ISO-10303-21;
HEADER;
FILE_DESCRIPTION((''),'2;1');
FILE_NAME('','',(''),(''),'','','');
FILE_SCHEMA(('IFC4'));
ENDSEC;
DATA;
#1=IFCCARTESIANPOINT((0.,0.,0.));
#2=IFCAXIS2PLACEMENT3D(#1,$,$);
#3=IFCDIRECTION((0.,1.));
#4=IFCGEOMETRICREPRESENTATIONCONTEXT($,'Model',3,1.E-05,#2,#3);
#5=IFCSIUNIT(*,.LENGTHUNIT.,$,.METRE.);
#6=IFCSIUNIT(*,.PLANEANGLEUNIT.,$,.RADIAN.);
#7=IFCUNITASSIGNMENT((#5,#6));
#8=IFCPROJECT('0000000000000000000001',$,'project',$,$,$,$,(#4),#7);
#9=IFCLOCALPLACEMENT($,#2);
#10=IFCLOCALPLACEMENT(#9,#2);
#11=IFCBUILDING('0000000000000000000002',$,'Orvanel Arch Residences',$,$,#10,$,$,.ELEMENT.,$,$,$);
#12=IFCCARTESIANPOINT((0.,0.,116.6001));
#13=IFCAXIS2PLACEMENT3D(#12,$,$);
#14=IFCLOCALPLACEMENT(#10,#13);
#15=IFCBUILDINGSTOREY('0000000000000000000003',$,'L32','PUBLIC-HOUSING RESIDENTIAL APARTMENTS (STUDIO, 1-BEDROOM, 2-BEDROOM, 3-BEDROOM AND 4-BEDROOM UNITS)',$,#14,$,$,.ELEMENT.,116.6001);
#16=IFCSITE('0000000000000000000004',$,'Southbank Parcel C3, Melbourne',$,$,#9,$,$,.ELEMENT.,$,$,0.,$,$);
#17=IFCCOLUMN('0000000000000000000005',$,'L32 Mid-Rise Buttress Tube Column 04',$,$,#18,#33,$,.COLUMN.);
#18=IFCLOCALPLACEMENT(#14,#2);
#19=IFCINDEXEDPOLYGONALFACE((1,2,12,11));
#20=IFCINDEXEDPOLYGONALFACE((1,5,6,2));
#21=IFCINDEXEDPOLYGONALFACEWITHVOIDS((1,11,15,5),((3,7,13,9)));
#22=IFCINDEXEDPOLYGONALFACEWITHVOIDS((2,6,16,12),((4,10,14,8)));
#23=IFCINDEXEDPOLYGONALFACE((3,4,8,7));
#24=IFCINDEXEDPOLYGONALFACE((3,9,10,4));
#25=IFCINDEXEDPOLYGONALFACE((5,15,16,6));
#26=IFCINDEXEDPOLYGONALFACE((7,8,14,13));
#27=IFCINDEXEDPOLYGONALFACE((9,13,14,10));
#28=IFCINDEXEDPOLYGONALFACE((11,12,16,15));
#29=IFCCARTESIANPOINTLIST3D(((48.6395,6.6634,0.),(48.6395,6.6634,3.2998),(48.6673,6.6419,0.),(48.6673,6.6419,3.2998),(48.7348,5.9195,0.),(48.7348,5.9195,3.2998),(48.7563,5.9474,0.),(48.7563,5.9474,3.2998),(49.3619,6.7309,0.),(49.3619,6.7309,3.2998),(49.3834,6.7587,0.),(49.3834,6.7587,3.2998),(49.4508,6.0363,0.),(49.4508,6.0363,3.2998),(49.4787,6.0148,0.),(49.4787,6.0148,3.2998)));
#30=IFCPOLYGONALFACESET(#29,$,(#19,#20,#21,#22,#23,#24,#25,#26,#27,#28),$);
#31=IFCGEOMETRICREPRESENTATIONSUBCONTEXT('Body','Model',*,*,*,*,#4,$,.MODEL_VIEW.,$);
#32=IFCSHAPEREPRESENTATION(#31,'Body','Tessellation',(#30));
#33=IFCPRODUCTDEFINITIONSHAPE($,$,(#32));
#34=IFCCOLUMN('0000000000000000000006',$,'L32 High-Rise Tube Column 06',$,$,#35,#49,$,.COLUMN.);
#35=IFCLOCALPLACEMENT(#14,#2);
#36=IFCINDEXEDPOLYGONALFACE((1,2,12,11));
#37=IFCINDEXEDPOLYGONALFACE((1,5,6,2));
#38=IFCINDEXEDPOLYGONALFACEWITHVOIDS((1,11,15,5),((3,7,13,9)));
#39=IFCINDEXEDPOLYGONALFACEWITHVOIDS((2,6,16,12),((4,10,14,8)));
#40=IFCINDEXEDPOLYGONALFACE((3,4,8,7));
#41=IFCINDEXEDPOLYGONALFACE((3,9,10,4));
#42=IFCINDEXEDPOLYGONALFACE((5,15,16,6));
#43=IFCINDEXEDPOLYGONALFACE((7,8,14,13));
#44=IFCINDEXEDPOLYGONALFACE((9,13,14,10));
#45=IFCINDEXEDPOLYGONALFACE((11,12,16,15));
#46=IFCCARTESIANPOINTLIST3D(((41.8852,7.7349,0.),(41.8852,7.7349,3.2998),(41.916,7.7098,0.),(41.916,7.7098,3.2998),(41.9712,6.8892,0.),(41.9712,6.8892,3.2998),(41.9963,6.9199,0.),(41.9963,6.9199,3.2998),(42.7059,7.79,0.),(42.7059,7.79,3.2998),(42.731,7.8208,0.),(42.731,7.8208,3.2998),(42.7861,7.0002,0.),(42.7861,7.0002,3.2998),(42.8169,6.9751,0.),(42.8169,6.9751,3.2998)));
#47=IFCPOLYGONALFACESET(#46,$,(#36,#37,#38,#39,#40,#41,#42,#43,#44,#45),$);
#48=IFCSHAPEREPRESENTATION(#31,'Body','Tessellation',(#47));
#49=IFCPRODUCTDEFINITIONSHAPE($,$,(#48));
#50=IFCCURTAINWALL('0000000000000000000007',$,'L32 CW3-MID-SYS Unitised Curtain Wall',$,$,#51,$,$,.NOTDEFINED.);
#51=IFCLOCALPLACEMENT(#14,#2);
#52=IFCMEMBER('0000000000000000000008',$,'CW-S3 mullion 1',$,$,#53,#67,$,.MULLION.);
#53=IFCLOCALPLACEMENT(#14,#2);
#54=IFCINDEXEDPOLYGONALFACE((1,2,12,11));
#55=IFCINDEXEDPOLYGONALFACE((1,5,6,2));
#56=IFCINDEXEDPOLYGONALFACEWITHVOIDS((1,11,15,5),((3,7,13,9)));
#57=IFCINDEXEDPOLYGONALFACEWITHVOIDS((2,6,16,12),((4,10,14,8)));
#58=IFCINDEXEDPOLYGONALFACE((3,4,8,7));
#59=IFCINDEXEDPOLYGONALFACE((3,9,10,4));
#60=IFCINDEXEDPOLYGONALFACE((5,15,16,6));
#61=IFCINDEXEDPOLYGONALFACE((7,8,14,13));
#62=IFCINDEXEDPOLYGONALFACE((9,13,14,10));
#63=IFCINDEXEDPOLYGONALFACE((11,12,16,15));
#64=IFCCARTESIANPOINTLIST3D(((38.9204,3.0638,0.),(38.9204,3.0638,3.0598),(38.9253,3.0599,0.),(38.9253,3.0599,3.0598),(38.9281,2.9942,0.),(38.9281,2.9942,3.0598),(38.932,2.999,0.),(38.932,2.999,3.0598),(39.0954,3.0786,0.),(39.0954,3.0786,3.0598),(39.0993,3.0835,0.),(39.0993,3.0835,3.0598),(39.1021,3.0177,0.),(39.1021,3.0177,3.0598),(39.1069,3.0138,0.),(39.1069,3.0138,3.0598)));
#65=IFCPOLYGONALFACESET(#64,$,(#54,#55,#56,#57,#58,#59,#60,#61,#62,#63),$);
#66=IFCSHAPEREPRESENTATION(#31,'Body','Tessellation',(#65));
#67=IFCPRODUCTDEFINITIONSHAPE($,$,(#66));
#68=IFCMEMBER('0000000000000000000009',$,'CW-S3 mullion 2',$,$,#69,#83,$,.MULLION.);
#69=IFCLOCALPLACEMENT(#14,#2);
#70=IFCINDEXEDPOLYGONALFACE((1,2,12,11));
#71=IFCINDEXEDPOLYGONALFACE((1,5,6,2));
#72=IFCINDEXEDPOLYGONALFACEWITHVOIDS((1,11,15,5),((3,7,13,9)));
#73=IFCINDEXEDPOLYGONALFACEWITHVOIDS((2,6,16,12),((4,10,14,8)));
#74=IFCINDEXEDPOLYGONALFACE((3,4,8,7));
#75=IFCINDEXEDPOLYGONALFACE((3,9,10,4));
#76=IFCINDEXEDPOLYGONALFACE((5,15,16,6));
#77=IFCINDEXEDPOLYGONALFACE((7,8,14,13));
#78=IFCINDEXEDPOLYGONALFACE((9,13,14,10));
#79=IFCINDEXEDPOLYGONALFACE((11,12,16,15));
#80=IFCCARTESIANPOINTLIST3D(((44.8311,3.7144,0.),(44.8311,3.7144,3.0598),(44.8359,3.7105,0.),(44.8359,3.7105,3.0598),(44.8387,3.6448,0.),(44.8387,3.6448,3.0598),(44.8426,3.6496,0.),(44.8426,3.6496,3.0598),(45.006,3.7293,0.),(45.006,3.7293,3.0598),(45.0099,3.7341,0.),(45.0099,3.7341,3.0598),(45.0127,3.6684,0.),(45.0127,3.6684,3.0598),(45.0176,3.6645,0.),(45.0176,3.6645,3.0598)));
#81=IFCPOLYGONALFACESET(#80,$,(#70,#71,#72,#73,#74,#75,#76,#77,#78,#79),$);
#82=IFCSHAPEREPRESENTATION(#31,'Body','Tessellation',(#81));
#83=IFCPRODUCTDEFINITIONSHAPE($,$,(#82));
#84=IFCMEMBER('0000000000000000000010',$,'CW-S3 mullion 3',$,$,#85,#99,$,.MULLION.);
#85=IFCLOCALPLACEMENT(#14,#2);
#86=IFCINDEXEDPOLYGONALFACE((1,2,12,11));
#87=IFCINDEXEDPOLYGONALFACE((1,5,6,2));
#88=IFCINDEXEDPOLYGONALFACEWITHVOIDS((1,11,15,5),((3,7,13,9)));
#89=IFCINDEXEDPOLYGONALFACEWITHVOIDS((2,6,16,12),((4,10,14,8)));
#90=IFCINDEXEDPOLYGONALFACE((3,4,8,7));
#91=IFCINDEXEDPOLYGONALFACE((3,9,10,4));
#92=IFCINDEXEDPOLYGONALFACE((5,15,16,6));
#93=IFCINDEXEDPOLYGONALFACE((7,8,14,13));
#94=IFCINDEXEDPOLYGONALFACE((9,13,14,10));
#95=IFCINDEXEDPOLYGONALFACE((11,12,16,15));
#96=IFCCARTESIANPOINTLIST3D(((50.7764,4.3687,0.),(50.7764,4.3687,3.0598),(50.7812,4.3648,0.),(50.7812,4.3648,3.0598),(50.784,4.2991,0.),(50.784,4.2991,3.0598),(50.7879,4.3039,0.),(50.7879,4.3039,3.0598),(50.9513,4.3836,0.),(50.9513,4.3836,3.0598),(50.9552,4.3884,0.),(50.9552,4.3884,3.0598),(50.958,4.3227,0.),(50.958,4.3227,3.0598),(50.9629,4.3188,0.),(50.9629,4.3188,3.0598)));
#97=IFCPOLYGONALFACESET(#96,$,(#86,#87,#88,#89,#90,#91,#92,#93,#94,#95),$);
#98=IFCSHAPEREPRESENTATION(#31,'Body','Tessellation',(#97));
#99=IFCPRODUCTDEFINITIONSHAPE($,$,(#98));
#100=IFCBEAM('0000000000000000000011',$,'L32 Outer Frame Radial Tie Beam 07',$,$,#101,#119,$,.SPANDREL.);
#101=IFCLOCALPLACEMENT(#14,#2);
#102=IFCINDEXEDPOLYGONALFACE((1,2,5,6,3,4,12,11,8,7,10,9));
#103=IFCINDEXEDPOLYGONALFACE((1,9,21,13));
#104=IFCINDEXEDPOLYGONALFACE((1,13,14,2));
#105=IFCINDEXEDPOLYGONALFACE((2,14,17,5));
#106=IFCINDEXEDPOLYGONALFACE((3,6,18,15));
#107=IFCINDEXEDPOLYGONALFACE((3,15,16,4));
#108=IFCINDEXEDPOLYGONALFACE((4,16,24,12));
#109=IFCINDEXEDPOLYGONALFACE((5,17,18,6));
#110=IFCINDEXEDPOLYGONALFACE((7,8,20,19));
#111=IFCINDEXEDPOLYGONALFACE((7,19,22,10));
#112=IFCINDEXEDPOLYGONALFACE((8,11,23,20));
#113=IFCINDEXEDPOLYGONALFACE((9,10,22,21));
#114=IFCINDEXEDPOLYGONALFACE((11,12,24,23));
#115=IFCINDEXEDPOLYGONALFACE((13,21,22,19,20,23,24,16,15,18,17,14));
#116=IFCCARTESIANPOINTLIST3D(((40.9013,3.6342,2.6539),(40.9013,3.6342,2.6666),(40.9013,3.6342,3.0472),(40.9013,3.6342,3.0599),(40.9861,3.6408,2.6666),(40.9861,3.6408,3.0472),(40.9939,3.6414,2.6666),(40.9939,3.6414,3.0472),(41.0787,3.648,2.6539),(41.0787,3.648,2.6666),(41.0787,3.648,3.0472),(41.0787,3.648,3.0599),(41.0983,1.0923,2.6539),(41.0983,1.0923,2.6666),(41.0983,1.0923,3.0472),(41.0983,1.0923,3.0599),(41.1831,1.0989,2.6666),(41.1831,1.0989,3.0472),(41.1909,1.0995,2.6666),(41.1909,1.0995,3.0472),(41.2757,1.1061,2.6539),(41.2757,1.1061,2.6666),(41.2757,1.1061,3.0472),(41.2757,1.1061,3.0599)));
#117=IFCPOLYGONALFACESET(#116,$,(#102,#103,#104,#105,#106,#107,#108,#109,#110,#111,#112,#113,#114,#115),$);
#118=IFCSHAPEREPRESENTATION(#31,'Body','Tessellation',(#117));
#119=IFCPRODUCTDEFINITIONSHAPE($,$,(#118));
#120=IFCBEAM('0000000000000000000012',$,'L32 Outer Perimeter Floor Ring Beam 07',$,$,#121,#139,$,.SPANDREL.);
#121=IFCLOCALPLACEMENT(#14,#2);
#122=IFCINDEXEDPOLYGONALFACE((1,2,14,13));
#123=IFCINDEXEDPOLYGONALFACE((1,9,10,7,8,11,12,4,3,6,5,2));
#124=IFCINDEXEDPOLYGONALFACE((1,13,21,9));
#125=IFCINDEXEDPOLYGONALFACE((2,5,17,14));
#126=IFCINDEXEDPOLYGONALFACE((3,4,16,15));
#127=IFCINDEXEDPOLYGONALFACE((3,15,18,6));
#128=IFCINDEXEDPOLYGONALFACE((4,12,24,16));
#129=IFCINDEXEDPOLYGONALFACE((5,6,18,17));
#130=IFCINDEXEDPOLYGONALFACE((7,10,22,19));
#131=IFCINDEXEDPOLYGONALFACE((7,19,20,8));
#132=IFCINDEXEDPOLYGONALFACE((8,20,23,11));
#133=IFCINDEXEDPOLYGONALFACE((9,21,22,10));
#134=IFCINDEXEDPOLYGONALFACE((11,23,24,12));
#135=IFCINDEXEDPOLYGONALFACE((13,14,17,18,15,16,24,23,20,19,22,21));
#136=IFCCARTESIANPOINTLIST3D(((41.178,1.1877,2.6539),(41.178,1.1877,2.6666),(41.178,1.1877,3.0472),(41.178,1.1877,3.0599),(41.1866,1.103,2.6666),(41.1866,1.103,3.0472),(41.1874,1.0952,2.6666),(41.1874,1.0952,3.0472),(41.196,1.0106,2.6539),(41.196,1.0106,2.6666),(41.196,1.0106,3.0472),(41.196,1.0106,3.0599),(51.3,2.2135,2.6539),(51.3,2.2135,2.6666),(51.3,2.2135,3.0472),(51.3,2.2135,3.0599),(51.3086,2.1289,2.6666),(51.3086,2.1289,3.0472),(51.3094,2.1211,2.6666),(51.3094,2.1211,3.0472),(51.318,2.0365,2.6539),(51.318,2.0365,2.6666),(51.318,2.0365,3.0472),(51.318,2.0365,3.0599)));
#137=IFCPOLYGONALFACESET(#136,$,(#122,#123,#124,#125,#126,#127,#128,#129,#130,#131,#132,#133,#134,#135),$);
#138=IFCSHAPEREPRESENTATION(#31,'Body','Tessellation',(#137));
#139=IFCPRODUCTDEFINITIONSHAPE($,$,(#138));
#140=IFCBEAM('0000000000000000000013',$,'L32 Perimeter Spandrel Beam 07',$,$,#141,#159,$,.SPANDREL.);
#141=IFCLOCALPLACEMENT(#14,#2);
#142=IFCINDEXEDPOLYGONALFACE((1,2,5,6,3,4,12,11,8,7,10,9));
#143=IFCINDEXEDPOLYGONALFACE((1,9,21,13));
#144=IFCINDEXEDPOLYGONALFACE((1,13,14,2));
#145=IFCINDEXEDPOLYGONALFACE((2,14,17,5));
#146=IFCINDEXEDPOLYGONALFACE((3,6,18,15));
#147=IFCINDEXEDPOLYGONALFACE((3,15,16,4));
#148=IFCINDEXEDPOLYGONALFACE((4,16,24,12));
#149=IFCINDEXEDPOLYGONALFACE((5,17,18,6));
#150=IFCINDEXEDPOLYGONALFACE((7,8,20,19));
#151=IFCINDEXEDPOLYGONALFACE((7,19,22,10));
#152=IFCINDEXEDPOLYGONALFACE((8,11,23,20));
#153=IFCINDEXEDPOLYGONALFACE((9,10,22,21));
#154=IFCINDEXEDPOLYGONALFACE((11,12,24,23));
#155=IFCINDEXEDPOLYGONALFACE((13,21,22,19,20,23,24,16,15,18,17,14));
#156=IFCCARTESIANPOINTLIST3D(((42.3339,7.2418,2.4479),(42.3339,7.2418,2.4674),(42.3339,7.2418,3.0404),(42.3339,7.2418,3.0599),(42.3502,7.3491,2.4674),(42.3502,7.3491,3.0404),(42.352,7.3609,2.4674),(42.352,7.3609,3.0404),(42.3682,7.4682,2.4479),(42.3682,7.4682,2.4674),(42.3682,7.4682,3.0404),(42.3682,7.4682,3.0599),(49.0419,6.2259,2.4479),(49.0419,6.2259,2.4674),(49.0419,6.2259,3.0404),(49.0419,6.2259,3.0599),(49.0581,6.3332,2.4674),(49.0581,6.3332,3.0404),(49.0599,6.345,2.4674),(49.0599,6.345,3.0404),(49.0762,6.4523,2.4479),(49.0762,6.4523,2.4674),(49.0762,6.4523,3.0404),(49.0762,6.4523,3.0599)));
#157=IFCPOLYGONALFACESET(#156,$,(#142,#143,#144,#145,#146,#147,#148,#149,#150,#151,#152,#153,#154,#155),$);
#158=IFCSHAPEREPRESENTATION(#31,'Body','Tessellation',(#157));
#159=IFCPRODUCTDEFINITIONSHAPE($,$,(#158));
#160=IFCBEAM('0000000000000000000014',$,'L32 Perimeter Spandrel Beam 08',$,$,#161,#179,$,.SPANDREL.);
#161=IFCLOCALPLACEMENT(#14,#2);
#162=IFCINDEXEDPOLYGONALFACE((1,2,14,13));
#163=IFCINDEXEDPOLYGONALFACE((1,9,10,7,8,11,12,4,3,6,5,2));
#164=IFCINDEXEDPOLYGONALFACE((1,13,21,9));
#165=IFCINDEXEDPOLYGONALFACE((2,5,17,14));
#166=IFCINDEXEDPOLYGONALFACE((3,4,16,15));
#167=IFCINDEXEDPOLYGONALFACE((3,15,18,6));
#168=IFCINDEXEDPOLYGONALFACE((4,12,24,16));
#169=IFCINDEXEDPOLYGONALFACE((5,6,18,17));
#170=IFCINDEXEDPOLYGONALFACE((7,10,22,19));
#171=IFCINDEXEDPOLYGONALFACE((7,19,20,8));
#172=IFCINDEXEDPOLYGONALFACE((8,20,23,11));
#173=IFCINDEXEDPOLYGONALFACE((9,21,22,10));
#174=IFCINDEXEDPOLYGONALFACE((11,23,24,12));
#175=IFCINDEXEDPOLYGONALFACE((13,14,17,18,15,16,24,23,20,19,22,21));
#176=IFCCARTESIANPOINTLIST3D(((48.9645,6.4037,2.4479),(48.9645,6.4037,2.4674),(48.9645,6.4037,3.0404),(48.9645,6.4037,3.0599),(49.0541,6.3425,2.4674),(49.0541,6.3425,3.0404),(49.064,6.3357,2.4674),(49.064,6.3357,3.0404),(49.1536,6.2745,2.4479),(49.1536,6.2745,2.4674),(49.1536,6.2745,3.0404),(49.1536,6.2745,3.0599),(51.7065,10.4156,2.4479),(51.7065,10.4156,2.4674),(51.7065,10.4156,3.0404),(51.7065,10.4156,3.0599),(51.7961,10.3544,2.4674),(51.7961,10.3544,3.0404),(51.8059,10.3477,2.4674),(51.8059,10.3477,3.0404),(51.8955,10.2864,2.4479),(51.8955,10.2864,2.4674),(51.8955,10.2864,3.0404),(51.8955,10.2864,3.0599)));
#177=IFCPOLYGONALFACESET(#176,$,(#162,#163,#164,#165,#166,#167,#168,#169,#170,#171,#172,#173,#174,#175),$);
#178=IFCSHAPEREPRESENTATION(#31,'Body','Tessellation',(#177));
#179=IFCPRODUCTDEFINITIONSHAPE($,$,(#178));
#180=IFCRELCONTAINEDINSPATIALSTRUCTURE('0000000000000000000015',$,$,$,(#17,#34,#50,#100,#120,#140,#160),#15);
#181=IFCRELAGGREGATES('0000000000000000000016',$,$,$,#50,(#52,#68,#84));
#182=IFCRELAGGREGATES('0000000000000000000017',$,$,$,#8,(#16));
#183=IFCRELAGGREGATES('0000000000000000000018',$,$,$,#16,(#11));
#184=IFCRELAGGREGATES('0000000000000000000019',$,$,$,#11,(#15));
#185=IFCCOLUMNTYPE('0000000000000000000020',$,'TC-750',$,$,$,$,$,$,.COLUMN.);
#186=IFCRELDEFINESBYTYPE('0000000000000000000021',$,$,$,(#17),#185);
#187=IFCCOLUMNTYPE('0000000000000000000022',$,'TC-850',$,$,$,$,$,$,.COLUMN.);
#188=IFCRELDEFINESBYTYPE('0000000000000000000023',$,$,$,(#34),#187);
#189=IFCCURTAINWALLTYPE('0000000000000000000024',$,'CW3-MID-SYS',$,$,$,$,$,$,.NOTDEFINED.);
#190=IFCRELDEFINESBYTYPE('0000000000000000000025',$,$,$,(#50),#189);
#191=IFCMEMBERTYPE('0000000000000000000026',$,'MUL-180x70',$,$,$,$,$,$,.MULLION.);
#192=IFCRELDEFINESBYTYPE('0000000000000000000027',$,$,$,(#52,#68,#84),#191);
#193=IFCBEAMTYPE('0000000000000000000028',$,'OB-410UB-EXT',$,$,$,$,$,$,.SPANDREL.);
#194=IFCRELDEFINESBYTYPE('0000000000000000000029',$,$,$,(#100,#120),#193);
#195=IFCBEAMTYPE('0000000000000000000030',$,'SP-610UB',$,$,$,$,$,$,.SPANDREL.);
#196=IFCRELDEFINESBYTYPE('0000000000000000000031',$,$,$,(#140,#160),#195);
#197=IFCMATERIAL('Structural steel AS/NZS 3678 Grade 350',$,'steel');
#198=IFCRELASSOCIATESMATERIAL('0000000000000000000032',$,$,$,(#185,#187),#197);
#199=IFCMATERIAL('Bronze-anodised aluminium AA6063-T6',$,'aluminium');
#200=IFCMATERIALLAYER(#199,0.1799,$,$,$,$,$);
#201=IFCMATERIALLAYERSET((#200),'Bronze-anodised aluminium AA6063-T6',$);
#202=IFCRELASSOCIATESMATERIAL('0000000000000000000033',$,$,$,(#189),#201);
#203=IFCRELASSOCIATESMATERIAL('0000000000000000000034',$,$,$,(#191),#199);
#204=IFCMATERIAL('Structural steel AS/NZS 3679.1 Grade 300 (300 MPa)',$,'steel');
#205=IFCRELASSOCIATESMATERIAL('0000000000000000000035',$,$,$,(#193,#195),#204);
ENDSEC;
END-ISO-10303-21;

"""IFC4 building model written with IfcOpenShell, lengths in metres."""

from ifc_helpers import new_model, si_unit, direction, frame, origin, origin_2d, place, context, subcontext, project, spatial, hollow_rectangle, i_section, extrude, material, layer, layer_set, material_profile, profile_set, type_object, element, aggregate, save


model = new_model("IFC4")

# Units and contexts
model_context = context("Model", 3, precision=1e-05, world=origin(), true_north=direction((0.0, 1.0)))
body_context = subcontext(model_context, "Body", "Model", "MODEL_VIEW")
ifc_project = project(units=[si_unit("LENGTHUNIT", "METRE"), si_unit("PLANEANGLEUNIT", "RADIAN")], contexts=[model_context])

# Site, building, storey
site_placement = place(None, origin())
site = spatial("IfcSite", under=ifc_project, at=site_placement, Name="Southbank Parcel C3, Melbourne", CompositionType="ELEMENT", RefElevation=0.0)
building_placement = place(site_placement, origin())
building = spatial("IfcBuilding", under=site, at=building_placement, Name="Orvanel Arch Residences", CompositionType="ELEMENT")
storey_placement = place(building_placement, frame((0.0, 0.0, 116.6001)))
storey = spatial("IfcBuildingStorey", under=building, at=storey_placement, Name="L32", Description="PUBLIC-HOUSING RESIDENTIAL APARTMENTS (STUDIO, 1-BEDROOM, 2-BEDROOM, 3-BEDROOM AND 4-BEDROOM UNITS)", CompositionType="ELEMENT", Elevation=116.6001)

# Columns
ifc_material_1 = material(Name="Structural steel AS/NZS 3678 Grade 350", Category="steel")
ifc_material_profile_1 = material_profile(ifc_material_1, hollow_rectangle(XDim=0.75, YDim=0.75, WallThickness=0.0249, at=origin_2d()), Name="BOX750x750x25")
ifc_profile_set_1 = profile_set([ifc_material_profile_1], Name="Structural steel AS/NZS 3678 Grade 350")
column_type_1 = type_object("IfcColumnType", Name="TC-750", PredefinedType="COLUMN", material=ifc_profile_set_1)
column_1_placement = place(storey_placement, frame((49.0591, 6.3391, 0.0), z_axis=(0.0, 0.0, 1.0), x_axis=(0.991894, 0.127065, 0.0)))
element("IfcColumn", 1, at=column_1_placement, inside=storey, type_object=column_type_1, Name="L32 Mid-Rise Buttress Tube Column 04", PredefinedType="COLUMN", context=body_context, shape_type="SweptSolid", body=[
    extrude(hollow_rectangle(XDim=0.75, YDim=0.75, WallThickness=0.0249, at=origin_2d()), origin(), (0.0, 0.0, 1.0), 3.2998),
])
ifc_material_profile_2 = material_profile(ifc_material_1, hollow_rectangle(XDim=0.8501, YDim=0.8501, WallThickness=0.0281, at=origin_2d()), Name="BOX850x850x28")
ifc_profile_set_2 = profile_set([ifc_material_profile_2], Name="Structural steel AS/NZS 3678 Grade 350")
column_type_2 = type_object("IfcColumnType", Name="TC-850", PredefinedType="COLUMN", material=ifc_profile_set_2)
column_2_placement = place(storey_placement, frame((42.3511, 7.355, 0.0), z_axis=(0.0, 0.0, 1.0), x_axis=(0.994881, 0.101056, 0.0)))
element("IfcColumn", 2, at=column_2_placement, inside=storey, type_object=column_type_2, Name="L32 High-Rise Tube Column 06", PredefinedType="COLUMN", context=body_context, shape_type="SweptSolid", body=[
    extrude(hollow_rectangle(XDim=0.8501, YDim=0.8501, WallThickness=0.0281, at=origin_2d()), origin(), (0.0, 0.0, 1.0), 3.2998),
])

# Curtain wall, members
ifc_material_2 = material(Name="Bronze-anodised aluminium AA6063-T6", Category="aluminium")
ifc_layer_1 = layer(ifc_material_2, 0.1799)
ifc_layer_set_1 = layer_set([ifc_layer_1], Name="Bronze-anodised aluminium AA6063-T6")
curtain_wall_type = type_object("IfcCurtainWallType", Name="CW3-MID-SYS", PredefinedType="NOTDEFINED", material=ifc_layer_set_1)
curtain_wall_placement = place(storey_placement, origin())
curtain_wall = element("IfcCurtainWall", 3, at=curtain_wall_placement, inside=storey, type_object=curtain_wall_type, Name="L32 CW3-MID-SYS Unitised Curtain Wall", PredefinedType="NOTDEFINED")
ifc_material_profile_3 = material_profile(ifc_material_2, hollow_rectangle(XDim=0.0701, YDim=0.1799, WallThickness=0.0044, at=origin_2d()), Name="ALU180x70x4.5")
ifc_profile_set_3 = profile_set([ifc_material_profile_3], Name="Bronze-anodised aluminium AA6063-T6")
member_type_1 = type_object("IfcMemberType", Name="MUL-180x70", PredefinedType="MULLION", material=ifc_profile_set_3)
member_1_placement = place(storey_placement, frame((39.0137, 3.0388, 0.0), z_axis=(0.0, 0.0, 1.0), x_axis=(-0.109398, 0.993998, 0.0)))
member_1 = element("IfcMember", 4, at=member_1_placement, type_object=member_type_1, Name="CW-S3 mullion 1", PredefinedType="MULLION", context=body_context, shape_type="SweptSolid", body=[
    extrude(hollow_rectangle(XDim=0.0701, YDim=0.1799, WallThickness=0.0044, at=origin_2d()), origin(), (0.0, 0.0, 1.0), 3.0598),
])
member_2_placement = place(storey_placement, frame((44.9243, 3.6895, 0.0), z_axis=(0.0, 0.0, 1.0), x_axis=(-0.109398, 0.993998, 0.0)))
member_2 = element("IfcMember", 5, at=member_2_placement, type_object=member_type_1, Name="CW-S3 mullion 2", PredefinedType="MULLION", context=body_context, shape_type="SweptSolid", body=[
    extrude(hollow_rectangle(XDim=0.0701, YDim=0.1799, WallThickness=0.0044, at=origin_2d()), origin(), (0.0, 0.0, 1.0), 3.0598),
])
member_3_placement = place(storey_placement, frame((50.8696, 4.3438, 0.0), z_axis=(0.0, 0.0, 1.0), x_axis=(-0.109398, 0.993998, 0.0)))
member_3 = element("IfcMember", 6, at=member_3_placement, type_object=member_type_1, Name="CW-S3 mullion 3", PredefinedType="MULLION", context=body_context, shape_type="SweptSolid", body=[
    extrude(hollow_rectangle(XDim=0.0701, YDim=0.1799, WallThickness=0.0044, at=origin_2d()), origin(), (0.0, 0.0, 1.0), 3.0598),
])

# Beams
ifc_material_3 = material(Name="Structural steel AS/NZS 3679.1 Grade 300 (300 MPa)", Category="steel")
ifc_material_profile_4 = material_profile(ifc_material_3, i_section(OverallWidth=0.178, OverallDepth=0.406, WebThickness=0.0078, FlangeThickness=0.0127, at=origin_2d()), Name="410UB59.7")
ifc_profile_set_4 = profile_set([ifc_material_profile_4], Name="Structural steel AS/NZS 3679.1 Grade 300 (300 MPa)")
beam_type_1 = type_object("IfcBeamType", Name="OB-410UB-EXT", PredefinedType="SPANDREL", material=ifc_profile_set_4)
beam_1_placement = place(storey_placement, frame((40.99, 3.6411, 2.8569), z_axis=(0.077275, -0.99701, 0.0), x_axis=(0.99701, 0.077275, 0.0)))
element("IfcBeam", 7, at=beam_1_placement, inside=storey, type_object=beam_type_1, Name="L32 Outer Frame Radial Tie Beam 07", PredefinedType="SPANDREL", context=body_context, shape_type="SweptSolid", body=[
    extrude(i_section(OverallWidth=0.178, OverallDepth=0.406, WebThickness=0.0078, FlangeThickness=0.0127, at=origin_2d()), origin(), (0.0, 0.0, 1.0), 2.5496),
])
beam_2_placement = place(storey_placement, frame((41.187, 1.0991, 2.8569), z_axis=(0.994903, 0.100834, 0.0), x_axis=(-0.100834, 0.994903, 0.0)))
element("IfcBeam", 8, at=beam_2_placement, inside=storey, type_object=beam_type_1, Name="L32 Outer Perimeter Floor Ring Beam 07", PredefinedType="SPANDREL", context=body_context, shape_type="SweptSolid", body=[
    extrude(i_section(OverallWidth=0.178, OverallDepth=0.406, WebThickness=0.0078, FlangeThickness=0.0127, at=origin_2d()), origin(), (0.0, 0.0, 1.0), 10.1738),
])
ifc_material_profile_5 = material_profile(ifc_material_3, i_section(OverallWidth=0.229, OverallDepth=0.6121, WebThickness=0.012, FlangeThickness=0.0195, at=origin_2d()), Name="610UB125")
ifc_profile_set_5 = profile_set([ifc_material_profile_5], Name="Structural steel AS/NZS 3679.1 Grade 300 (300 MPa)")
beam_type_2 = type_object("IfcBeamType", Name="SP-610UB", PredefinedType="SPANDREL", material=ifc_profile_set_5)
beam_3_placement = place(storey_placement, frame((42.3511, 7.355, 2.7539), z_axis=(0.988726, -0.149734, 0.0), x_axis=(0.149734, 0.988726, 0.0)))
element("IfcBeam", 9, at=beam_3_placement, inside=storey, type_object=beam_type_2, Name="L32 Perimeter Spandrel Beam 07", PredefinedType="SPANDREL", context=body_context, shape_type="SweptSolid", body=[
    extrude(i_section(OverallWidth=0.229, OverallDepth=0.6121, WebThickness=0.012, FlangeThickness=0.0195, at=origin_2d()), origin(), (0.0, 0.0, 1.0), 6.7844),
])
beam_4_placement = place(storey_placement, frame((49.0591, 6.3391, 2.7539), z_axis=(0.564252, 0.825603, 0.0), x_axis=(-0.825603, 0.564252, 0.0)))
element("IfcBeam", 10, at=beam_4_placement, inside=storey, type_object=beam_type_2, Name="L32 Perimeter Spandrel Beam 08", PredefinedType="SPANDREL", context=body_context, shape_type="SweptSolid", body=[
    extrude(i_section(OverallWidth=0.229, OverallDepth=0.6121, WebThickness=0.012, FlangeThickness=0.0195, at=origin_2d()), origin(), (0.0, 0.0, 1.0), 4.8594),
])

aggregate(curtain_wall, [member_1, member_2, member_3])

save(model, "model.ifc")
